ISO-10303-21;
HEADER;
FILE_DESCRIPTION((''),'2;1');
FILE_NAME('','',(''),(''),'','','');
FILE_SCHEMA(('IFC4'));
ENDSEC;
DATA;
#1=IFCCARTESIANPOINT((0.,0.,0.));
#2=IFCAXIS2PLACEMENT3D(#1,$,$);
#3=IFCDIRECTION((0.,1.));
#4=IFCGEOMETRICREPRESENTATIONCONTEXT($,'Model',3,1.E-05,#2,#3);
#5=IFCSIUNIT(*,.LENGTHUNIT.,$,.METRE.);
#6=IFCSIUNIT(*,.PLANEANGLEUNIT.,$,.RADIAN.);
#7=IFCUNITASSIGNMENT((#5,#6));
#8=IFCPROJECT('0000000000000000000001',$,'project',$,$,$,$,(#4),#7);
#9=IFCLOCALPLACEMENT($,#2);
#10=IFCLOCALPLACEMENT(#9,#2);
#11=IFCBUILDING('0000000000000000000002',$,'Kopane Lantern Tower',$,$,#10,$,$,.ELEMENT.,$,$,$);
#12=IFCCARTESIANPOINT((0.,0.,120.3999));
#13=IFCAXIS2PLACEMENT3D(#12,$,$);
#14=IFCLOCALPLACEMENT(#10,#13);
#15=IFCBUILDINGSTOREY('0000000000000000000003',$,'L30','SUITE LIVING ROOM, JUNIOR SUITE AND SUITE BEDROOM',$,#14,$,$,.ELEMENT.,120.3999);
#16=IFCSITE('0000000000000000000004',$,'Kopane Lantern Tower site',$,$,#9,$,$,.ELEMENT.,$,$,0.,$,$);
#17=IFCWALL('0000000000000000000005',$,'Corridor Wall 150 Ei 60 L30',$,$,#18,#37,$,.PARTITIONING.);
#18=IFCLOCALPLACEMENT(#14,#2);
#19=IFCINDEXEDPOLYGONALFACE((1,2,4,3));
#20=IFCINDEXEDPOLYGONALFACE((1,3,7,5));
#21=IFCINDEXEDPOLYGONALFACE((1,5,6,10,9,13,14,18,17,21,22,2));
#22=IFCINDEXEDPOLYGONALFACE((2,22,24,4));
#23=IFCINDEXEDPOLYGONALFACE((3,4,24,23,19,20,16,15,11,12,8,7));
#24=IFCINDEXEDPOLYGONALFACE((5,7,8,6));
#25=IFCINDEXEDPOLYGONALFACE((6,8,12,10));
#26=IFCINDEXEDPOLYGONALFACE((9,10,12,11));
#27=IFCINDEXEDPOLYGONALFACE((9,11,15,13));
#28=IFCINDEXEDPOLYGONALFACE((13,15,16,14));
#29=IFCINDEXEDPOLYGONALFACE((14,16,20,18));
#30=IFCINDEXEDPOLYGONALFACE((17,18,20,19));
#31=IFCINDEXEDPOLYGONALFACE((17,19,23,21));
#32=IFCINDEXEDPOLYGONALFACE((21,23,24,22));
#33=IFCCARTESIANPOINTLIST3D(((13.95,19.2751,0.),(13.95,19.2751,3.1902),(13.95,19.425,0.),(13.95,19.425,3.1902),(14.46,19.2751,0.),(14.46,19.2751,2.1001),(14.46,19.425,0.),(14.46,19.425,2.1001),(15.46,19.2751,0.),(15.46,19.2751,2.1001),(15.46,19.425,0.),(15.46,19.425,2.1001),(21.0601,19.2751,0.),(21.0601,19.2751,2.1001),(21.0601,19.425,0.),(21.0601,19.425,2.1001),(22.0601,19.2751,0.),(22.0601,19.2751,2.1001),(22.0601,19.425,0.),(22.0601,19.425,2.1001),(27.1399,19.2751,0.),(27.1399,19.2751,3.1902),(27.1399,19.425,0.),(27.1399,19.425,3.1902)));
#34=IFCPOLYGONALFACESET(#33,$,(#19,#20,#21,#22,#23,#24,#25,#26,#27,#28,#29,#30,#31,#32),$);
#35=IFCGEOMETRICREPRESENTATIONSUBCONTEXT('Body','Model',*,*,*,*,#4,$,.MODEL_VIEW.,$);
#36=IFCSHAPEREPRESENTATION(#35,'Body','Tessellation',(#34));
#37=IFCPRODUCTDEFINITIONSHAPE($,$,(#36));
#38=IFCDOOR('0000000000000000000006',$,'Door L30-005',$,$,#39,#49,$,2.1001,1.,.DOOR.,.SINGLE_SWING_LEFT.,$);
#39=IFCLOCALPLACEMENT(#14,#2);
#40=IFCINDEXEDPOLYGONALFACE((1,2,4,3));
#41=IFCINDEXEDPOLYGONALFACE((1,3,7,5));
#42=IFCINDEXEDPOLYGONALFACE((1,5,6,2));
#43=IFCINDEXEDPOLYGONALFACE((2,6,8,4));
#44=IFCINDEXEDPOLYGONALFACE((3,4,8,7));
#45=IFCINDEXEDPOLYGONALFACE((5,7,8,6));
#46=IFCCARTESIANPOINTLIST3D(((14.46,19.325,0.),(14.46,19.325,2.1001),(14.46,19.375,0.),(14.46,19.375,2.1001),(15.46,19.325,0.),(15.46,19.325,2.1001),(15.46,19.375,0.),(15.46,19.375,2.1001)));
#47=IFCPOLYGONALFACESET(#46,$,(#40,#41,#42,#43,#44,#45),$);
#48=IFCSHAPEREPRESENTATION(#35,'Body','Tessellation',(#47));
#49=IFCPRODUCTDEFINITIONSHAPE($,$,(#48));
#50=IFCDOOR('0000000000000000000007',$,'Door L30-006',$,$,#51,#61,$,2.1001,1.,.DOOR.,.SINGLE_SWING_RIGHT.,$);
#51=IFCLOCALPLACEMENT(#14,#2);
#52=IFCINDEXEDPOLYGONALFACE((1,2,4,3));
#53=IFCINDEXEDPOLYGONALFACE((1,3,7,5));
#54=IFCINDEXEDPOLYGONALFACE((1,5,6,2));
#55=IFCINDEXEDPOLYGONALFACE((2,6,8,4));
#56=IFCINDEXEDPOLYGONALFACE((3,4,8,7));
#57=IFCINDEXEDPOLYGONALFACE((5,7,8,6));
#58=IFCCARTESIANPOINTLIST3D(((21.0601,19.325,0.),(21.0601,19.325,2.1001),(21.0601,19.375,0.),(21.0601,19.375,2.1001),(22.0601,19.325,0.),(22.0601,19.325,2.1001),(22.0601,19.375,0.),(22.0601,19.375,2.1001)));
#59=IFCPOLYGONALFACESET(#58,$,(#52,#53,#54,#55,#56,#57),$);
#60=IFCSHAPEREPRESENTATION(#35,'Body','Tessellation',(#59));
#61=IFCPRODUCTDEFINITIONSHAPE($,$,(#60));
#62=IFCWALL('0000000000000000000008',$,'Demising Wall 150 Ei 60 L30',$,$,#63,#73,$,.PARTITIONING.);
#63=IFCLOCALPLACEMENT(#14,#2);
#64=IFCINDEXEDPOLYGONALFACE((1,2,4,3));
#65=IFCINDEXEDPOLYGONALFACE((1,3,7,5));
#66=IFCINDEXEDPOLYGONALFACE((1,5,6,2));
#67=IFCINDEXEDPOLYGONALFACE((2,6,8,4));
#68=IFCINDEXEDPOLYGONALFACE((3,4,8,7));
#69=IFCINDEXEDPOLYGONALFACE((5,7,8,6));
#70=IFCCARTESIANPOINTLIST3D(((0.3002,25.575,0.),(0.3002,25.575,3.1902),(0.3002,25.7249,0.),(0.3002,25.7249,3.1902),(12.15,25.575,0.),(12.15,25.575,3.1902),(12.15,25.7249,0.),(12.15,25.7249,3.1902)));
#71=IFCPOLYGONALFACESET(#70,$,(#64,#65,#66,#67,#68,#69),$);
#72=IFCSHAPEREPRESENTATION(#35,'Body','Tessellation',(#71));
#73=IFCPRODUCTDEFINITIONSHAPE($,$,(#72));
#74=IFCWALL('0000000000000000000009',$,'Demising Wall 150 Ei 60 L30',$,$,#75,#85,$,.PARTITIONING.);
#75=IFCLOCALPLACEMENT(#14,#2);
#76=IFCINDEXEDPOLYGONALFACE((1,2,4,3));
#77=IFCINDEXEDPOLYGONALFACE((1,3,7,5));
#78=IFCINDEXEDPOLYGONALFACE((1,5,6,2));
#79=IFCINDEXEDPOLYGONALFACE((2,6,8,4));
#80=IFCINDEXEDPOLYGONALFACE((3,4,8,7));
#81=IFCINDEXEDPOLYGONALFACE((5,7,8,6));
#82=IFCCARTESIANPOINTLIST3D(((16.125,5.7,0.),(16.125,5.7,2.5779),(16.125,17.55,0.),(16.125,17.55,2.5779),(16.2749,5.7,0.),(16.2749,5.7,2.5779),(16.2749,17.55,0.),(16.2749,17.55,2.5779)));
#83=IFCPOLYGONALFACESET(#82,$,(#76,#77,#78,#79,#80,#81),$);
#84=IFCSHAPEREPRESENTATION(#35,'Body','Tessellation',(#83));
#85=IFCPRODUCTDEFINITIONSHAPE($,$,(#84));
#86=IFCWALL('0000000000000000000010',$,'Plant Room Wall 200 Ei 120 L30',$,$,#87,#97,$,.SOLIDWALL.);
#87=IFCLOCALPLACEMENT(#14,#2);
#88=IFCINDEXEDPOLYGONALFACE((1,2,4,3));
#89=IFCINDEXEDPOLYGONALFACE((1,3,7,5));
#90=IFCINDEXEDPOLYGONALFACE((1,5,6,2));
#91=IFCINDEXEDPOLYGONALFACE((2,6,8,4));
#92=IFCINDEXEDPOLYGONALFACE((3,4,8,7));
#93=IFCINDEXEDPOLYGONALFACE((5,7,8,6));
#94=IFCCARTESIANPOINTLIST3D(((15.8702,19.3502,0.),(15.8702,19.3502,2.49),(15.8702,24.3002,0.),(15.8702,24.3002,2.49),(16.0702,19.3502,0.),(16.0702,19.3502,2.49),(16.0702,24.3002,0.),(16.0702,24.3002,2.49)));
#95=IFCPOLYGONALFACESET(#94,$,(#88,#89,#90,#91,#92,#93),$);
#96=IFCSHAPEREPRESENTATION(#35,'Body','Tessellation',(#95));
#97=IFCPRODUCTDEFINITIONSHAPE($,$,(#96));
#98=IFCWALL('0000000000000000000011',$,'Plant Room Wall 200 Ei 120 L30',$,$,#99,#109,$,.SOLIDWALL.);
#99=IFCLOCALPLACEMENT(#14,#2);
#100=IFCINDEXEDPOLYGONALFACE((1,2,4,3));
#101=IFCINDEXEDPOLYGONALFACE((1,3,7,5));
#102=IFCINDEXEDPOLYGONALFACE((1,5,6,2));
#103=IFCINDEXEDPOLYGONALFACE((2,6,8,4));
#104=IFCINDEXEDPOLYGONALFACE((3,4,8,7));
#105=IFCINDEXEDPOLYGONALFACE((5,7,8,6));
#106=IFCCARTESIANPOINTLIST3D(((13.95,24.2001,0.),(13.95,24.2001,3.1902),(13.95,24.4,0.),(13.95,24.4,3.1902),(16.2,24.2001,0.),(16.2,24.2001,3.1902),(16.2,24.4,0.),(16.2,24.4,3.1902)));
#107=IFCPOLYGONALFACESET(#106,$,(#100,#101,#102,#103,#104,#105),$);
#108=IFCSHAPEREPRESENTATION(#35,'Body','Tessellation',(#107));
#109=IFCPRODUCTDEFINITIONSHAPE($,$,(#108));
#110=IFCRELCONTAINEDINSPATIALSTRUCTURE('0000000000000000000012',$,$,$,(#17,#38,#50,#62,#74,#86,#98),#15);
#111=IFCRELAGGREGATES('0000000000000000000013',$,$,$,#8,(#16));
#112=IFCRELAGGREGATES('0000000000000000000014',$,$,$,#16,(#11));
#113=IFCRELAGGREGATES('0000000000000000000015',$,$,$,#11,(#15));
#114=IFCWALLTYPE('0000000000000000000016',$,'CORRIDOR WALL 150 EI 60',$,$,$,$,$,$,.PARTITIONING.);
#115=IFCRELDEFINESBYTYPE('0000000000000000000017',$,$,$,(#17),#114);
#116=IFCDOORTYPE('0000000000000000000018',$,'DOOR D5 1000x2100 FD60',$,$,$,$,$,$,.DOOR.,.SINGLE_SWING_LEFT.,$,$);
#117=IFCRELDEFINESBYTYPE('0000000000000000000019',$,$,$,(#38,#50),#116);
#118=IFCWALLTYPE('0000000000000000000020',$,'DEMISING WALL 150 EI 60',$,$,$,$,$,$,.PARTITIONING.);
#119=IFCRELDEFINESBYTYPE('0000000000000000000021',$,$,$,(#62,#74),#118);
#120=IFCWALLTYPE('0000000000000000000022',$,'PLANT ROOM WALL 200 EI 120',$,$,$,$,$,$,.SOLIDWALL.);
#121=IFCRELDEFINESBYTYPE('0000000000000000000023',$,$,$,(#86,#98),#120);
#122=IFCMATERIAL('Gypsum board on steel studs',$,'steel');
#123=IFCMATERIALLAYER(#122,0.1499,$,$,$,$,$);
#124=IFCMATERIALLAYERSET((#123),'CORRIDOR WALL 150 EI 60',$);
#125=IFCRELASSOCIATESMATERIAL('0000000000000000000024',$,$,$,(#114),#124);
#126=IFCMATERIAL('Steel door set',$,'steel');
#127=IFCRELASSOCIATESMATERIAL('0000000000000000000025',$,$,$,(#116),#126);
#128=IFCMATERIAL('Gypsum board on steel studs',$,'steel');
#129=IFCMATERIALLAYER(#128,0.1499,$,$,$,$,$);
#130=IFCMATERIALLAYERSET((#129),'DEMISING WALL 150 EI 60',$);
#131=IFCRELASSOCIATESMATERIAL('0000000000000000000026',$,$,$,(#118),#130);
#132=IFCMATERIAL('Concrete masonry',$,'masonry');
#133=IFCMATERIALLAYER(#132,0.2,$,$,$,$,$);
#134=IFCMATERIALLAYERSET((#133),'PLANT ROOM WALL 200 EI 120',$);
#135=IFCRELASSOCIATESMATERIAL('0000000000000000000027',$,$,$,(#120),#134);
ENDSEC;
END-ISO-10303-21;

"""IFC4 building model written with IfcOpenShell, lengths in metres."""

from ifc_helpers import new_model, si_unit, direction, frame, frame_2d, origin, place, context, subcontext, project, spatial, rectangle, extrude, material, layer, layer_set, type_object, element, fill, save


model = new_model("IFC4")

# Units and contexts
model_context = context("Model", 3, precision=1e-05, world=origin(), true_north=direction((0.0, 1.0)))
body_context = subcontext(model_context, "Body", "Model", "MODEL_VIEW")
ifc_project = project(units=[si_unit("LENGTHUNIT", "METRE"), si_unit("PLANEANGLEUNIT", "RADIAN")], contexts=[model_context])

# Site, building, storey
site_placement = place(None, origin())
site = spatial("IfcSite", under=ifc_project, at=site_placement, Name="Kopane Lantern Tower site", CompositionType="ELEMENT", RefElevation=0.0)
building_placement = place(site_placement, origin())
building = spatial("IfcBuilding", under=site, at=building_placement, Name="Kopane Lantern Tower", CompositionType="ELEMENT")
storey_placement = place(building_placement, frame((0.0, 0.0, 120.3999)))
storey = spatial("IfcBuildingStorey", under=building, at=storey_placement, Name="L30", Description="SUITE LIVING ROOM, JUNIOR SUITE AND SUITE BEDROOM", CompositionType="ELEMENT", Elevation=120.3999)

# Wall, openings, doors
ifc_material_1 = material(Name="Gypsum board on steel studs", Category="steel")
ifc_layer_1 = layer(ifc_material_1, 0.1499)
ifc_layer_set_1 = layer_set([ifc_layer_1], Name="CORRIDOR WALL 150 EI 60")
wall_type_1 = type_object("IfcWallType", Name="CORRIDOR WALL 150 EI 60", PredefinedType="PARTITIONING", material=ifc_layer_set_1)
wall_1_placement = place(storey_placement, frame((13.95, 19.3501, 0.0), z_axis=(0.0, 0.0, 1.0), x_axis=(1.0, 0.0, 0.0)))
wall_1 = element("IfcWall", 1, at=wall_1_placement, inside=storey, type_object=wall_type_1, Name="Corridor Wall 150 Ei 60 L30", PredefinedType="PARTITIONING", context=body_context, shape_type="SweptSolid", body=[
    extrude(rectangle(XDim=13.1899, YDim=0.1499, at=frame_2d((6.595, 0.0))), origin(), (0.0, 0.0, 1.0), 3.1902),
])
opening_1_placement = place(wall_1_placement, frame((0.51, 0.0, 0.0)))
opening_1 = element("IfcOpeningElement", 2, at=opening_1_placement, cuts=wall_1, PredefinedType="OPENING", context=body_context, shape_type="SweptSolid", body=[
    extrude(rectangle(XDim=1.0, YDim=2.1001, at=frame_2d((0.5, 1.05))), frame((0.0, 0.085, 0.0), z_axis=(0.0, -1.0, 0.0), x_axis=(1.0, 0.0, 0.0)), (0.0, 0.0, 1.0), 0.1699),
])
opening_2_placement = place(wall_1_placement, frame((7.1101, 0.0, 0.0)))
opening_2 = element("IfcOpeningElement", 3, at=opening_2_placement, cuts=wall_1, PredefinedType="OPENING", context=body_context, shape_type="SweptSolid", body=[
    extrude(rectangle(XDim=1.0, YDim=2.1001, at=frame_2d((0.5, 1.05))), frame((0.0, 0.085, 0.0), z_axis=(0.0, -1.0, 0.0), x_axis=(1.0, 0.0, 0.0)), (0.0, 0.0, 1.0), 0.1699),
])
ifc_material_2 = material(Name="Steel door set", Category="steel")
door_type_1 = type_object("IfcDoorType", Name="DOOR D5 1000x2100 FD60", OperationType="SINGLE_SWING_LEFT", PredefinedType="DOOR", material=ifc_material_2)
door_1_placement = place(opening_1_placement, origin())
door_1 = element("IfcDoor", 4, at=door_1_placement, inside=storey, type_object=door_type_1, Name="Door L30-005", OperationType="SINGLE_SWING_LEFT", OverallHeight=2.1001, OverallWidth=1.0, PredefinedType="DOOR", context=body_context, shape_type="SweptSolid", body=[
    extrude(rectangle(XDim=1.0, YDim=2.1001, at=frame_2d((0.5, 1.05))), frame((0.0, 0.0249, 0.0), z_axis=(0.0, -1.0, 0.0), x_axis=(1.0, 0.0, 0.0)), (0.0, 0.0, 1.0), 0.05),
])
fill(opening_1, door_1)
door_2_placement = place(opening_2_placement, origin())
door_2 = element("IfcDoor", 5, at=door_2_placement, inside=storey, type_object=door_type_1, Name="Door L30-006", OperationType="SINGLE_SWING_RIGHT", OverallHeight=2.1001, OverallWidth=1.0, PredefinedType="DOOR", context=body_context, shape_type="SweptSolid", body=[
    extrude(rectangle(XDim=1.0, YDim=2.1001, at=frame_2d((0.5, 1.05))), frame((0.0, 0.0249, 0.0), z_axis=(0.0, -1.0, 0.0), x_axis=(1.0, 0.0, 0.0)), (0.0, 0.0, 1.0), 0.05),
])
fill(opening_2, door_2)

# Walls
ifc_material_3 = material(Name="Gypsum board on steel studs", Category="steel")
ifc_layer_2 = layer(ifc_material_3, 0.1499)
ifc_layer_set_2 = layer_set([ifc_layer_2], Name="DEMISING WALL 150 EI 60")
wall_type_2 = type_object("IfcWallType", Name="DEMISING WALL 150 EI 60", PredefinedType="PARTITIONING", material=ifc_layer_set_2)
wall_2_placement = place(storey_placement, frame((12.1499, 25.6499, 0.0), z_axis=(0.0, 0.0, 1.0), x_axis=(-1.0, 0.0, 0.0)))
element("IfcWall", 6, at=wall_2_placement, inside=storey, type_object=wall_type_2, Name="Demising Wall 150 Ei 60 L30", PredefinedType="PARTITIONING", context=body_context, shape_type="SweptSolid", body=[
    extrude(rectangle(XDim=11.8499, YDim=0.1499, at=frame_2d((5.9248, 0.0))), origin(), (0.0, 0.0, 1.0), 3.1902),
])
wall_3_placement = place(storey_placement, frame((16.2, 17.55, 0.0), z_axis=(0.0, 0.0, 1.0), x_axis=(0.0, -1.0, 0.0)))
element("IfcWall", 7, at=wall_3_placement, inside=storey, type_object=wall_type_2, Name="Demising Wall 150 Ei 60 L30", PredefinedType="PARTITIONING", context=body_context, shape_type="SweptSolid", body=[
    extrude(rectangle(XDim=11.8501, YDim=0.1499, at=frame_2d((5.925, 0.0))), origin(), (0.0, 0.0, 1.0), 2.5779),
])
ifc_material_4 = material(Name="Concrete masonry", Category="masonry")
ifc_layer_3 = layer(ifc_material_4, 0.2)
ifc_layer_set_3 = layer_set([ifc_layer_3], Name="PLANT ROOM WALL 200 EI 120")
wall_type_3 = type_object("IfcWallType", Name="PLANT ROOM WALL 200 EI 120", PredefinedType="SOLIDWALL", material=ifc_layer_set_3)
wall_4_placement = place(storey_placement, frame((15.9702, 19.3501, 0.0), z_axis=(0.0, 0.0, 1.0), x_axis=(0.0, 1.0, 0.0)))
element("IfcWall", 8, at=wall_4_placement, inside=storey, type_object=wall_type_3, Name="Plant Room Wall 200 Ei 120 L30", PredefinedType="SOLIDWALL", context=body_context, shape_type="SweptSolid", body=[
    extrude(rectangle(XDim=4.95, YDim=0.2, at=frame_2d((2.4751, 0.0))), origin(), (0.0, 0.0, 1.0), 2.49),
])
wall_5_placement = place(storey_placement, frame((13.95, 24.3, 0.0), z_axis=(0.0, 0.0, 1.0), x_axis=(1.0, 0.0, 0.0)))
element("IfcWall", 9, at=wall_5_placement, inside=storey, type_object=wall_type_3, Name="Plant Room Wall 200 Ei 120 L30", PredefinedType="SOLIDWALL", context=body_context, shape_type="SweptSolid", body=[
    extrude(rectangle(XDim=2.25, YDim=0.2, at=frame_2d((1.125, 0.0))), origin(), (0.0, 0.0, 1.0), 3.1902),
])

save(model, "model.ifc")
